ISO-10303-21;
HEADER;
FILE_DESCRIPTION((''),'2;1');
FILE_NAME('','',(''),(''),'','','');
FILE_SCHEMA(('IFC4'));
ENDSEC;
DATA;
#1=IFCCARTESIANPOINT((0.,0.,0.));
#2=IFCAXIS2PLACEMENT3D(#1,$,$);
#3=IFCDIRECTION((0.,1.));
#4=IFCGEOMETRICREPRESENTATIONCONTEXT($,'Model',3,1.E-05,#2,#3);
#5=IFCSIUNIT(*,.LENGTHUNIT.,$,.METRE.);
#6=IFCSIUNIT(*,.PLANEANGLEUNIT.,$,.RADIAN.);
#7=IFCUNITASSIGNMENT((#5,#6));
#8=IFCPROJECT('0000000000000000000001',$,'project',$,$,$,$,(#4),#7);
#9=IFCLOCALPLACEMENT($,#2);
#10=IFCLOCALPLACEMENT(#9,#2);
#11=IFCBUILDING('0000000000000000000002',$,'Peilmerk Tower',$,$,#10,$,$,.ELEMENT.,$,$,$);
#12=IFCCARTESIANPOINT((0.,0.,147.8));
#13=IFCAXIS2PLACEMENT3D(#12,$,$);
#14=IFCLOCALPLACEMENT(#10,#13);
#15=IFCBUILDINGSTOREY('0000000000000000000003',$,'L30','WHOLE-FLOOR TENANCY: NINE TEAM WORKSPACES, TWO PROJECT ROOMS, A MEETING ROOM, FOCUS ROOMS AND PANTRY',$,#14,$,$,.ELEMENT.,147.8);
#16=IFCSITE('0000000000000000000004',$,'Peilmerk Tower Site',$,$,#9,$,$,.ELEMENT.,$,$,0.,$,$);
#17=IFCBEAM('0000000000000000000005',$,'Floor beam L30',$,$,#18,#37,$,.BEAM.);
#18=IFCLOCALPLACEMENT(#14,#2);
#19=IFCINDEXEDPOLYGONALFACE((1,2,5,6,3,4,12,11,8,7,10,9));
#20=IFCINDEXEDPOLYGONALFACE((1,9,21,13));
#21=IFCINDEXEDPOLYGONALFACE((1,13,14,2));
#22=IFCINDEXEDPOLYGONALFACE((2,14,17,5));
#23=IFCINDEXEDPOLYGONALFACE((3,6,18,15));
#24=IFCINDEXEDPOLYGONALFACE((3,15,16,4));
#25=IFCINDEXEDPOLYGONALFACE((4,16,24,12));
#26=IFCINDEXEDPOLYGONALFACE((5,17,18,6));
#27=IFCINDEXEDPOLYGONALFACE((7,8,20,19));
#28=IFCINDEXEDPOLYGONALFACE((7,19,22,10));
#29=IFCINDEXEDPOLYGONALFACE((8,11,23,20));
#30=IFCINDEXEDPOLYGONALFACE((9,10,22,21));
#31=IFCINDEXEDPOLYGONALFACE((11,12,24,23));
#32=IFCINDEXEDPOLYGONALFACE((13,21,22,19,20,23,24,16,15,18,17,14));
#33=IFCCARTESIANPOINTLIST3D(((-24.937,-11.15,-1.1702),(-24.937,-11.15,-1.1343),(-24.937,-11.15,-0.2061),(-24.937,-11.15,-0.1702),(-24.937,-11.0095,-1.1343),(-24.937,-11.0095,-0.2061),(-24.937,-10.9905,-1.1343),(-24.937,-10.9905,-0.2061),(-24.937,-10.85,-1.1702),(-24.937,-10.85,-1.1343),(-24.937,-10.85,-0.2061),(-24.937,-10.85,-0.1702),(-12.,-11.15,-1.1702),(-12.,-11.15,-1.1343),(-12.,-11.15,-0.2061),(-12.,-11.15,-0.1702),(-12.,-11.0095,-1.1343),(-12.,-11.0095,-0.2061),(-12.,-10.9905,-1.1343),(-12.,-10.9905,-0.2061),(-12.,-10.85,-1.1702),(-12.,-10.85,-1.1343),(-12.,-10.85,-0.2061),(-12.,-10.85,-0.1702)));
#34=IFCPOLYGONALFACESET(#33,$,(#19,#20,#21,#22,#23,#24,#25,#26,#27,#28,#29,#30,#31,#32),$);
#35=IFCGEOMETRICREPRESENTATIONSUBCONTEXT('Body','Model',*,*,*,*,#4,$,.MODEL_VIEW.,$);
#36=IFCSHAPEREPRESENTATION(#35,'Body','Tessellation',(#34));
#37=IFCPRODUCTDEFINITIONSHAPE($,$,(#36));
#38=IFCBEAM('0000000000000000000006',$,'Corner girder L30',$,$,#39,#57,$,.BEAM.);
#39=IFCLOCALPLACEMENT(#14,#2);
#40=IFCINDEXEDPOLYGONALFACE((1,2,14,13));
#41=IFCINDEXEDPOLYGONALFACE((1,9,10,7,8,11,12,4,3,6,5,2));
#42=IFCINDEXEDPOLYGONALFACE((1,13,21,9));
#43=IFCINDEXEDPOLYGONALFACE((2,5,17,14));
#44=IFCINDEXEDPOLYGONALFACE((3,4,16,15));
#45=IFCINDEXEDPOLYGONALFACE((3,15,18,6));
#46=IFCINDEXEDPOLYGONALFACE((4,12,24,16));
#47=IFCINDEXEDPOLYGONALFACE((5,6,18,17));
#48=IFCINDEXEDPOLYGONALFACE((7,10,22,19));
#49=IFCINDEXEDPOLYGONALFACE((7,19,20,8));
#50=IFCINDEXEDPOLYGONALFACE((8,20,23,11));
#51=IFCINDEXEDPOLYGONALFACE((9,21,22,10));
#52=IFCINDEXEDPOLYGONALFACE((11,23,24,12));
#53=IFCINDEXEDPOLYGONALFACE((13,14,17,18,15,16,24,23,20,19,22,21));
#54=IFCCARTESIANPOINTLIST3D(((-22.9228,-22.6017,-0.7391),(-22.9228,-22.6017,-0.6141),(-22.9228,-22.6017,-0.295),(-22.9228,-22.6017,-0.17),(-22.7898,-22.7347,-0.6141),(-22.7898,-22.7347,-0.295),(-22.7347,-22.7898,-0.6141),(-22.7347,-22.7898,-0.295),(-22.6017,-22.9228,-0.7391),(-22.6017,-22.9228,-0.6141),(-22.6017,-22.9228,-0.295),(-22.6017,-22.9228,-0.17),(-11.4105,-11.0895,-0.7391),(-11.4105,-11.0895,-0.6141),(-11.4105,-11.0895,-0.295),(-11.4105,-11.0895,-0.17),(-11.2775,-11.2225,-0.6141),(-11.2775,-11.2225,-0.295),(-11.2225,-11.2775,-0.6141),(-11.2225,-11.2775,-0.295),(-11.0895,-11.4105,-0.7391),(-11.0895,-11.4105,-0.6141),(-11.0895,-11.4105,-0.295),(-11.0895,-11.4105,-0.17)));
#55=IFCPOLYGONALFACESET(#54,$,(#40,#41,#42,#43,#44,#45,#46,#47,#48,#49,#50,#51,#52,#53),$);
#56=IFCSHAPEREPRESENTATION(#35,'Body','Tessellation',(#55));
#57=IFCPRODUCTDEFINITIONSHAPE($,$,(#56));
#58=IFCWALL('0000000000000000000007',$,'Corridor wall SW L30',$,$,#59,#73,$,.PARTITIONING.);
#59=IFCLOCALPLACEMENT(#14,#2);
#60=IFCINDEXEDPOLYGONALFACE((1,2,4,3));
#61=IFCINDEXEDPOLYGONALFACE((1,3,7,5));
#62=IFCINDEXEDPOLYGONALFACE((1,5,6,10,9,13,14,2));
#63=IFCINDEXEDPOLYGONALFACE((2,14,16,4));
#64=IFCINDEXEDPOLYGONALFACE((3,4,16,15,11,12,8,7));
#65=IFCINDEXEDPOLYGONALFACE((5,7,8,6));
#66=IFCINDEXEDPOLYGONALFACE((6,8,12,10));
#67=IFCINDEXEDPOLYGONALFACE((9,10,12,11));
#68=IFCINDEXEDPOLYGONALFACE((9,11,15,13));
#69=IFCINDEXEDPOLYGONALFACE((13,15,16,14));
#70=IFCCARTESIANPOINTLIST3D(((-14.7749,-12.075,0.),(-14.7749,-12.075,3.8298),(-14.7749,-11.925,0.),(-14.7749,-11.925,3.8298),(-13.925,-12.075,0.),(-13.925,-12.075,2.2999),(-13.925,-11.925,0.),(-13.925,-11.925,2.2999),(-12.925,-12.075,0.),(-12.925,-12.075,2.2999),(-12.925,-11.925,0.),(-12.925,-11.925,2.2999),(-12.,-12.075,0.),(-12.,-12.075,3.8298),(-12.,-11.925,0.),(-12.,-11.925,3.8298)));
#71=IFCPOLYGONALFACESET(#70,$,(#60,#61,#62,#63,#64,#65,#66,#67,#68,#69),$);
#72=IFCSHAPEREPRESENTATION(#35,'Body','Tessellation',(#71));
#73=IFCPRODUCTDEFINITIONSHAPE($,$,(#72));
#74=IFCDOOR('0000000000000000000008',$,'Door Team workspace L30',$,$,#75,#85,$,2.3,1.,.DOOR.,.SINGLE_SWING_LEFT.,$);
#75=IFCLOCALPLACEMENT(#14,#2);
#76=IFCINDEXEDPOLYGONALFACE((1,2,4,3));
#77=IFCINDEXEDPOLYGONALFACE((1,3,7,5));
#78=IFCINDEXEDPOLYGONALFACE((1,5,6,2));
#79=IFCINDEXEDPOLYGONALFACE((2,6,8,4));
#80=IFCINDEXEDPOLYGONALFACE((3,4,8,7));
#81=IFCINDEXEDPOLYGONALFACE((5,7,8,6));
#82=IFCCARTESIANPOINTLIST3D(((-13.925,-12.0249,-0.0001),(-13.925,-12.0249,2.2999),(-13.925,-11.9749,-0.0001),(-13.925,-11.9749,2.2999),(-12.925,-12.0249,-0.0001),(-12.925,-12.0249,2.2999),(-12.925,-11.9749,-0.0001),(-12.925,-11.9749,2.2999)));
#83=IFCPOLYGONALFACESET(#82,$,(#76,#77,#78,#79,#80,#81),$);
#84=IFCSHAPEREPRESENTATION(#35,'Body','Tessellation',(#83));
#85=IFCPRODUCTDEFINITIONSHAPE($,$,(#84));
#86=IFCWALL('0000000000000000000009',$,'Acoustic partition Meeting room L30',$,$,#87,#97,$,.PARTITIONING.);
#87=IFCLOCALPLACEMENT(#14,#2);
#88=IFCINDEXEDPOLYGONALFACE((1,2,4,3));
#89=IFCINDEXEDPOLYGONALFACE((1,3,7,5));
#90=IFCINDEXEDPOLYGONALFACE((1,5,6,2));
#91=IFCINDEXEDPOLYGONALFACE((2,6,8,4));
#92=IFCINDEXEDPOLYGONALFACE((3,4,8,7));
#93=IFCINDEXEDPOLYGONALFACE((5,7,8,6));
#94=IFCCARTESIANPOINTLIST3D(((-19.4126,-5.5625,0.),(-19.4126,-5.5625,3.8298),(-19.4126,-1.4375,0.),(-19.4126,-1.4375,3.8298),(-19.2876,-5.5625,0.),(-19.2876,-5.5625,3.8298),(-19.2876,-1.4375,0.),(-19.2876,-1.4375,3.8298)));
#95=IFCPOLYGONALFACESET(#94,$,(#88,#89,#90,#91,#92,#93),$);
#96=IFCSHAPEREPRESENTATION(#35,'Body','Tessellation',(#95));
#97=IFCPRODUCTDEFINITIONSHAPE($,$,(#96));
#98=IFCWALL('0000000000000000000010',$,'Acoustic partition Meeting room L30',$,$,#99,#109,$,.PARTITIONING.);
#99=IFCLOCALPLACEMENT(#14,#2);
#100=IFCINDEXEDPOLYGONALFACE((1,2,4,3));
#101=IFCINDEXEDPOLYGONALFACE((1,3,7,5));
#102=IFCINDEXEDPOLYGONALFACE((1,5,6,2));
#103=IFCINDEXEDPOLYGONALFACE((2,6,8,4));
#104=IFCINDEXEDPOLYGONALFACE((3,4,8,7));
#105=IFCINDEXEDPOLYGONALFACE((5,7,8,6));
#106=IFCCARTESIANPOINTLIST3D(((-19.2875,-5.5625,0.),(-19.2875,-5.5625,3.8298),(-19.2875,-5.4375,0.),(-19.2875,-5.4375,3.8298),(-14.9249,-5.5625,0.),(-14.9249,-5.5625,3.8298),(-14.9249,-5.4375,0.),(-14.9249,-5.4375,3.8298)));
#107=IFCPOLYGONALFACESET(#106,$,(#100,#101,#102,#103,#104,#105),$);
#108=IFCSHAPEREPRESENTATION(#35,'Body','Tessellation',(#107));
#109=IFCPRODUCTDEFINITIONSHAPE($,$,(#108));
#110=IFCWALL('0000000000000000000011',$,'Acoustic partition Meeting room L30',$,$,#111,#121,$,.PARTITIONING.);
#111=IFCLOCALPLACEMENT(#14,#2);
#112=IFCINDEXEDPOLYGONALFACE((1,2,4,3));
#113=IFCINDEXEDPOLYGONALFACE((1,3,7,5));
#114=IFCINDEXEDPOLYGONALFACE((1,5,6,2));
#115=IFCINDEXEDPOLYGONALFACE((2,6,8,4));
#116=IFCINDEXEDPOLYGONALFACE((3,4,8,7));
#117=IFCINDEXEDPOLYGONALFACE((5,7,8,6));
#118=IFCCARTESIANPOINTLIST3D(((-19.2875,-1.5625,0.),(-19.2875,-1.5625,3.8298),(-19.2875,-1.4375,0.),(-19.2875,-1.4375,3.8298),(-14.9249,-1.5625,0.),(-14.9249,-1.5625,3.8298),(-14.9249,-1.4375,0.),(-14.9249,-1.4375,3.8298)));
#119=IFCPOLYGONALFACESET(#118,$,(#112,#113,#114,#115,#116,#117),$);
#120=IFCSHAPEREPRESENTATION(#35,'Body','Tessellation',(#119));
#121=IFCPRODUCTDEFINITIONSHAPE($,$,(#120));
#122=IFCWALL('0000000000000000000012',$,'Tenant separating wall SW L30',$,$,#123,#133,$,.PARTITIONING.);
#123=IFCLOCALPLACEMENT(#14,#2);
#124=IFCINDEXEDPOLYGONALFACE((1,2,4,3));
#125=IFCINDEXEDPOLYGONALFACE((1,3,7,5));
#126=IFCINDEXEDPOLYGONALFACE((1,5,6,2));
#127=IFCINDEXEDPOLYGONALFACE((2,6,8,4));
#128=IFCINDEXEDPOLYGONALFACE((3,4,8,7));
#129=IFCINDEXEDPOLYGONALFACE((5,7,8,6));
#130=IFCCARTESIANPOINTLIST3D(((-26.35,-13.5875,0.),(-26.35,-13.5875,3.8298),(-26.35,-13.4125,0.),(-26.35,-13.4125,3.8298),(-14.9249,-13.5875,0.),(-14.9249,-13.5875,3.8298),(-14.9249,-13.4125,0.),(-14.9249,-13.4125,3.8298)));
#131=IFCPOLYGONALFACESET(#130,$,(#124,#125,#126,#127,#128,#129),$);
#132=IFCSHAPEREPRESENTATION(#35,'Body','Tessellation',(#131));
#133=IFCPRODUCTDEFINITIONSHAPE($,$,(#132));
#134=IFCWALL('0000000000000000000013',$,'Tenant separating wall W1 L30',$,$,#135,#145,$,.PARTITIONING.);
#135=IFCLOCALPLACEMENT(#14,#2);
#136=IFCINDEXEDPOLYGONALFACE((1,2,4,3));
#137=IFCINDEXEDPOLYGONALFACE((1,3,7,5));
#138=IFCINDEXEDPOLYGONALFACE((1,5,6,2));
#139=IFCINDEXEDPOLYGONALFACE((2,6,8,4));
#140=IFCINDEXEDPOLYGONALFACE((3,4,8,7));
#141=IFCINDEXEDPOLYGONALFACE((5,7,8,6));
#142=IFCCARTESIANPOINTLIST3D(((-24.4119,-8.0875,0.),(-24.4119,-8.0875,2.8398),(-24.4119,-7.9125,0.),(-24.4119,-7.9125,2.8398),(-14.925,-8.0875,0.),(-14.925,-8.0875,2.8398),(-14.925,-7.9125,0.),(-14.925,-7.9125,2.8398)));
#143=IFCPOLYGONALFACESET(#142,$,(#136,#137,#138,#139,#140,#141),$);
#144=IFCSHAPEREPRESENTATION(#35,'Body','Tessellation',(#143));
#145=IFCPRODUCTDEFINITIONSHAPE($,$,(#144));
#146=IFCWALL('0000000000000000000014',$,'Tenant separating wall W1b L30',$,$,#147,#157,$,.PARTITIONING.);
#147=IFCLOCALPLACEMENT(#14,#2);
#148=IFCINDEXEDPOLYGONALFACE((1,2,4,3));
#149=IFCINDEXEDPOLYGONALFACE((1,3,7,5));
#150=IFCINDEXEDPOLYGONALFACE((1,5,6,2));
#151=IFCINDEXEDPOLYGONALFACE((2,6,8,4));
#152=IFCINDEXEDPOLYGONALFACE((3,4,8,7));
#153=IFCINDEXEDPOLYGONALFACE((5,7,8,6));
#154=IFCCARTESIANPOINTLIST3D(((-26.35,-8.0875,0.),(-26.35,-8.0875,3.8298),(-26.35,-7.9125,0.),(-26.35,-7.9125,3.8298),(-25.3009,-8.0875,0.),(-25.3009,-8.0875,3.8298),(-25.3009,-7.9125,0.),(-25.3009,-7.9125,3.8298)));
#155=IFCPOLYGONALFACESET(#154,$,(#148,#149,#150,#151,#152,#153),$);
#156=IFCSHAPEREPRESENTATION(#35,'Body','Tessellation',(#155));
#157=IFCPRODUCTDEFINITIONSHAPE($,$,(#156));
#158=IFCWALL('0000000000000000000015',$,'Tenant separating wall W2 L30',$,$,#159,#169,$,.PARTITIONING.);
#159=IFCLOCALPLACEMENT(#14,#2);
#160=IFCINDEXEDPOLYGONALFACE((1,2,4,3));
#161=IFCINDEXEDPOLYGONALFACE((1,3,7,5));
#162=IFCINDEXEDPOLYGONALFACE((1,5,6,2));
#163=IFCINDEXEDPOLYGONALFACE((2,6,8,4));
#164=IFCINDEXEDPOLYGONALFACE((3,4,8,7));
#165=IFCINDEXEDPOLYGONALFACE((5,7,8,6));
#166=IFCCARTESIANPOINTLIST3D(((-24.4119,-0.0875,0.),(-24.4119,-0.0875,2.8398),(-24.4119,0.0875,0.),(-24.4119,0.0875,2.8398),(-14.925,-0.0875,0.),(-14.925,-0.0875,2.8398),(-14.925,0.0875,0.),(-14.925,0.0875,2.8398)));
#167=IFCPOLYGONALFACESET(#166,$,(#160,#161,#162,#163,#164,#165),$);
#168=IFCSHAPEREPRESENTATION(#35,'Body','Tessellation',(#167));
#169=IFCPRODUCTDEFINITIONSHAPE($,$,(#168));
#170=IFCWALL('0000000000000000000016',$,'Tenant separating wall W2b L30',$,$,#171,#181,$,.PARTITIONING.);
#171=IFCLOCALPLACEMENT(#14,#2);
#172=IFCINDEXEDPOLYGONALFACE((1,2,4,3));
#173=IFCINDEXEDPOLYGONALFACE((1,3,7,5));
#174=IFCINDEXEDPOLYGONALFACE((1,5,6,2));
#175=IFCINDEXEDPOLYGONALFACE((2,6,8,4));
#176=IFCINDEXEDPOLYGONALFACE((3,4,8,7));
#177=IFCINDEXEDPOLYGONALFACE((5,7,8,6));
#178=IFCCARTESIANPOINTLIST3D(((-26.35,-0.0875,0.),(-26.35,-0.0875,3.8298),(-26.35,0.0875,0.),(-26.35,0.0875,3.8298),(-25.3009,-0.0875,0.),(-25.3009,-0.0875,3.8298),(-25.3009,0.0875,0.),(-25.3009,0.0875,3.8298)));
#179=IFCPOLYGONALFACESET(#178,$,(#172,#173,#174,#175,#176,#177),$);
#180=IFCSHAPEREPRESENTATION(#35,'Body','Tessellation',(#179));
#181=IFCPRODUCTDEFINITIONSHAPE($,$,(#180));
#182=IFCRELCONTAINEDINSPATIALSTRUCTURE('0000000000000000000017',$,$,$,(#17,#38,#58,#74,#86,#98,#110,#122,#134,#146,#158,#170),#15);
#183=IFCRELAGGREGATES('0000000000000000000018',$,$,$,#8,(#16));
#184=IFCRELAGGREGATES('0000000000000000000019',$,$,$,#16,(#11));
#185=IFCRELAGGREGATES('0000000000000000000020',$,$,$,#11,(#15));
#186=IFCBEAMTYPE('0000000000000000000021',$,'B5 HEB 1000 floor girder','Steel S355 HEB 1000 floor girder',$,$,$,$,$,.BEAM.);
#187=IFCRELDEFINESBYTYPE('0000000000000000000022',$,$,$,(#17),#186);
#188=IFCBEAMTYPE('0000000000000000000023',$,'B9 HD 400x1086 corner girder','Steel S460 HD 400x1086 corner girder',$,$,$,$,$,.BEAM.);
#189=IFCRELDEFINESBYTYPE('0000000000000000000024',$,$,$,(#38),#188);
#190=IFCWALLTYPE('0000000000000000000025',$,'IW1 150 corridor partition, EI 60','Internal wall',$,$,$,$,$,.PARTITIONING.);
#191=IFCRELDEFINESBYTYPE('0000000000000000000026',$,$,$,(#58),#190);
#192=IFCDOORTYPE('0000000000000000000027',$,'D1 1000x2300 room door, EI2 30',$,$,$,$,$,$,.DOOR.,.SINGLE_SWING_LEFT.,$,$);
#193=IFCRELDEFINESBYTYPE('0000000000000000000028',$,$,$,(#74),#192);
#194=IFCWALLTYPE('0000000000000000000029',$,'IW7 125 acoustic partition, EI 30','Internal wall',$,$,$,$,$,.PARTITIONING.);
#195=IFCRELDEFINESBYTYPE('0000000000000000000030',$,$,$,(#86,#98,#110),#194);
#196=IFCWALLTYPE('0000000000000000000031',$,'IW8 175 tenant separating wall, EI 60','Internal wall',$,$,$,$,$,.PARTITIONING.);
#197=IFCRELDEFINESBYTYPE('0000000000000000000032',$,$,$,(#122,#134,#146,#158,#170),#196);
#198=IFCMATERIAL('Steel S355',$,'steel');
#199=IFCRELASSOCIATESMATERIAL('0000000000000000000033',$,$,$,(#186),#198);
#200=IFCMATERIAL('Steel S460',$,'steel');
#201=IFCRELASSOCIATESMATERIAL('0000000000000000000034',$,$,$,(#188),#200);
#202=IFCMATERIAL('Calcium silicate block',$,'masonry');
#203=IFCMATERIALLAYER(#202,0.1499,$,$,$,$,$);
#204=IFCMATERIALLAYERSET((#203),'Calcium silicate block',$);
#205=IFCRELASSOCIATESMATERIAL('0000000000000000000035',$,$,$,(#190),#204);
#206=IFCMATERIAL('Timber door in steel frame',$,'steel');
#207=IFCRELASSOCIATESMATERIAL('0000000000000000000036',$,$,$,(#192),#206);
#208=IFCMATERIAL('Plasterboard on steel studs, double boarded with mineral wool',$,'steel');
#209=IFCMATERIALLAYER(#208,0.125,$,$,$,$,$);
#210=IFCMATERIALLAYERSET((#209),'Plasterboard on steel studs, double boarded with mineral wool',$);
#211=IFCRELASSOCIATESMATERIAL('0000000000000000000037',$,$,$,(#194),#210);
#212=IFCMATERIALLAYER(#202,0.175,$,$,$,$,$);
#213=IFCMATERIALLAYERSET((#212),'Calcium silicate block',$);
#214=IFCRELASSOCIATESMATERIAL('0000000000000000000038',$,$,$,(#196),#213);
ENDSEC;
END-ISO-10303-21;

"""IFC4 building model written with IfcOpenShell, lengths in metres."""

from ifc_helpers import new_model, si_unit, direction, frame, frame_2d, origin, origin_2d, place, context, subcontext, project, spatial, rectangle, i_section, extrude, material, layer, layer_set, material_profile, profile_set, type_object, element, fill, save


model = new_model("IFC4")

# Units and contexts
model_context = context("Model", 3, precision=1e-05, world=origin(), true_north=direction((0.0, 1.0)))
body_context = subcontext(model_context, "Body", "Model", "MODEL_VIEW")
ifc_project = project(units=[si_unit("LENGTHUNIT", "METRE"), si_unit("PLANEANGLEUNIT", "RADIAN")], contexts=[model_context])

# Site, building, storey
site_placement = place(None, origin())
site = spatial("IfcSite", under=ifc_project, at=site_placement, Name="Peilmerk Tower Site", CompositionType="ELEMENT", RefElevation=0.0)
building_placement = place(site_placement, origin())
building = spatial("IfcBuilding", under=site, at=building_placement, Name="Peilmerk Tower", CompositionType="ELEMENT")
storey_placement = place(building_placement, frame((0.0, 0.0, 147.8)))
storey = spatial("IfcBuildingStorey", under=building, at=storey_placement, Name="L30", Description="WHOLE-FLOOR TENANCY: NINE TEAM WORKSPACES, TWO PROJECT ROOMS, A MEETING ROOM, FOCUS ROOMS AND PANTRY", CompositionType="ELEMENT", Elevation=147.8)

# Shared definitions
ifc_material_1 = material(Name="Steel S460", Category="steel")

# Beams
ifc_material_2 = material(Name="Steel S355", Category="steel")
ifc_material_profile_1 = material_profile(ifc_material_2, i_section(OverallWidth=0.3, OverallDepth=1.0, WebThickness=0.019, FlangeThickness=0.0359, at=origin_2d()), Name="HEB 1000")
ifc_profile_set_1 = profile_set([ifc_material_profile_1], Name="Steel S355")
beam_type_1 = type_object("IfcBeamType", Name="B5 HEB 1000 floor girder", Description="Steel S355 HEB 1000 floor girder", PredefinedType="BEAM", material=ifc_profile_set_1)
for number, where, z_axis, x_axis, name in (
    (1, (-12.0, -11.0, -0.6702), (-1.0, 0.0, 0.0), (0.0, -1.0, 0.0), "Floor beam L30"),
):
    element("IfcBeam", number, at=place(storey_placement, frame(where, z_axis=z_axis, x_axis=x_axis)), inside=storey, type_object=beam_type_1, Name=name, PredefinedType="BEAM", context=body_context, shape_type="SweptSolid", body=[
        extrude(i_section(OverallWidth=0.3, OverallDepth=1.0, WebThickness=0.019, FlangeThickness=0.0359, at=origin_2d()), origin(), (0.0, 0.0, 1.0), 12.937),
    ])
ifc_material_profile_2 = material_profile(ifc_material_1, i_section(OverallWidth=0.4541, OverallDepth=0.5691, WebThickness=0.0779, FlangeThickness=0.125, at=origin_2d()), Name="HD 400x1086")
ifc_profile_set_2 = profile_set([ifc_material_profile_2], Name="Steel S460")
beam_type_2 = type_object("IfcBeamType", Name="B9 HD 400x1086 corner girder", Description="Steel S460 HD 400x1086 corner girder", PredefinedType="BEAM", material=ifc_profile_set_2)
beam_1_placement = place(storey_placement, frame((-11.25, -11.25, -0.4546), z_axis=(-0.707107, -0.707107, 0.0), x_axis=(0.707107, -0.707107, 0.0)))
element("IfcBeam", 2, at=beam_1_placement, inside=storey, type_object=beam_type_2, Name="Corner girder L30", PredefinedType="BEAM", context=body_context, shape_type="SweptSolid", body=[
    extrude(i_section(OverallWidth=0.4541, OverallDepth=0.5691, WebThickness=0.0779, FlangeThickness=0.125, at=origin_2d()), origin(), (0.0, 0.0, 1.0), 16.2808),
])

# Wall, opening, door
ifc_material_3 = material(Name="Calcium silicate block", Category="masonry")
ifc_layer_1 = layer(ifc_material_3, 0.1499)
ifc_layer_set_1 = layer_set([ifc_layer_1], Name="Calcium silicate block")
wall_type_1 = type_object("IfcWallType", Name="IW1 150 corridor partition, EI 60", Description="Internal wall", PredefinedType="PARTITIONING", material=ifc_layer_set_1)
wall_1_placement = place(storey_placement, frame((-12.0, -12.0, 0.0), z_axis=(0.0, 0.0, 1.0), x_axis=(-1.0, 0.0, 0.0)))
wall_1 = element("IfcWall", 3, at=wall_1_placement, inside=storey, type_object=wall_type_1, Name="Corridor wall SW L30", PredefinedType="PARTITIONING", context=body_context, shape_type="SweptSolid", body=[
    extrude(rectangle(XDim=2.7749, YDim=0.1499, at=frame_2d((1.3875, 0.0))), origin(), (0.0, 0.0, 1.0), 3.8298),
])
opening_1_placement = place(wall_1_placement, frame((0.925, 0.0, 0.0)))
opening_1 = element("IfcOpeningElement", 4, at=opening_1_placement, cuts=wall_1, PredefinedType="OPENING", context=body_context, shape_type="SweptSolid", body=[
    extrude(rectangle(XDim=1.0, YDim=2.3, at=frame_2d((0.5, 1.1499))), frame((0.0, 0.085, 0.0), z_axis=(0.0, -1.0, 0.0), x_axis=(1.0, 0.0, 0.0)), (0.0, 0.0, 1.0), 0.1699),
])
ifc_material_4 = material(Name="Timber door in steel frame", Category="steel")
door_type_1 = type_object("IfcDoorType", Name="D1 1000x2300 room door, EI2 30", OperationType="SINGLE_SWING_LEFT", PredefinedType="DOOR", material=ifc_material_4)
door_1_placement = place(opening_1_placement, origin())
door_1 = element("IfcDoor", 5, at=door_1_placement, inside=storey, type_object=door_type_1, Name="Door Team workspace L30", OperationType="SINGLE_SWING_LEFT", OverallHeight=2.3, OverallWidth=1.0, PredefinedType="DOOR", context=body_context, shape_type="SweptSolid", body=[
    extrude(rectangle(XDim=1.0, YDim=2.3, at=frame_2d((0.5, 1.1499))), frame((0.0, 0.0249, 0.0), z_axis=(0.0, -1.0, 0.0), x_axis=(1.0, 0.0, 0.0)), (0.0, 0.0, 1.0), 0.05),
])
fill(opening_1, door_1)

# Walls
ifc_material_5 = material(Name="Plasterboard on steel studs, double boarded with mineral wool", Category="steel")
ifc_layer_2 = layer(ifc_material_5, 0.125)
ifc_layer_set_2 = layer_set([ifc_layer_2], Name="Plasterboard on steel studs, double boarded with mineral wool")
wall_type_2 = type_object("IfcWallType", Name="IW7 125 acoustic partition, EI 30", Description="Internal wall", PredefinedType="PARTITIONING", material=ifc_layer_set_2)
wall_2_placement = place(storey_placement, frame((-19.3501, -5.5625, 0.0), z_axis=(0.0, 0.0, 1.0), x_axis=(0.0, 1.0, 0.0)))
element("IfcWall", 6, at=wall_2_placement, inside=storey, type_object=wall_type_2, Name="Acoustic partition Meeting room L30", PredefinedType="PARTITIONING", context=body_context, shape_type="SweptSolid", body=[
    extrude(rectangle(XDim=4.125, YDim=0.125, at=frame_2d((2.0625, 0.0))), origin(), (0.0, 0.0, 1.0), 3.8298),
])
for number, where, z_axis, x_axis, name in (
    (7, (-14.925, -5.5, 0.0), (0.0, 0.0, 1.0), (-1.0, 0.0, 0.0), "Acoustic partition Meeting room L30"),
    (8, (-14.925, -1.5, 0.0), (0.0, 0.0, 1.0), (-1.0, 0.0, 0.0), "Acoustic partition Meeting room L30"),
):
    element("IfcWall", number, at=place(storey_placement, frame(where, z_axis=z_axis, x_axis=x_axis)), inside=storey, type_object=wall_type_2, Name=name, PredefinedType="PARTITIONING", context=body_context, shape_type="SweptSolid", body=[
        extrude(rectangle(XDim=4.3625, YDim=0.125, at=frame_2d((2.1812, 0.0))), origin(), (0.0, 0.0, 1.0), 3.8298),
    ])
ifc_layer_3 = layer(ifc_material_3, 0.175)
ifc_layer_set_3 = layer_set([ifc_layer_3], Name="Calcium silicate block")
wall_type_3 = type_object("IfcWallType", Name="IW8 175 tenant separating wall, EI 60", Description="Internal wall", PredefinedType="PARTITIONING", material=ifc_layer_set_3)
wall_3_placement = place(storey_placement, frame((-14.925, -13.5, 0.0), z_axis=(0.0, 0.0, 1.0), x_axis=(-1.0, 0.0, 0.0)))
element("IfcWall", 9, at=wall_3_placement, inside=storey, type_object=wall_type_3, Name="Tenant separating wall SW L30", PredefinedType="PARTITIONING", context=body_context, shape_type="SweptSolid", body=[
    extrude(rectangle(XDim=11.425, YDim=0.175, at=frame_2d((5.7124, 0.0))), origin(), (0.0, 0.0, 1.0), 3.8298),
])
wall_4_placement = place(storey_placement, frame((-14.925, -8.0, 0.0), z_axis=(0.0, 0.0, 1.0), x_axis=(-1.0, 0.0, 0.0)))
element("IfcWall", 10, at=wall_4_placement, inside=storey, type_object=wall_type_3, Name="Tenant separating wall W1 L30", PredefinedType="PARTITIONING", context=body_context, shape_type="SweptSolid", body=[
    extrude(rectangle(XDim=9.4868, YDim=0.175, at=frame_2d((4.7434, 0.0))), origin(), (0.0, 0.0, 1.0), 2.8398),
])
wall_5_placement = place(storey_placement, frame((-25.301, -8.0, 0.0), z_axis=(0.0, 0.0, 1.0), x_axis=(-1.0, 0.0, 0.0)))
element("IfcWall", 11, at=wall_5_placement, inside=storey, type_object=wall_type_3, Name="Tenant separating wall W1b L30", PredefinedType="PARTITIONING", context=body_context, shape_type="SweptSolid", body=[
    extrude(rectangle(XDim=1.0491, YDim=0.175, at=frame_2d((0.5244, 0.0))), origin(), (0.0, 0.0, 1.0), 3.8298),
])
wall_6_placement = place(storey_placement, frame((-14.925, 0.0, 0.0), z_axis=(0.0, 0.0, 1.0), x_axis=(-1.0, 0.0, 0.0)))
element("IfcWall", 12, at=wall_6_placement, inside=storey, type_object=wall_type_3, Name="Tenant separating wall W2 L30", PredefinedType="PARTITIONING", context=body_context, shape_type="SweptSolid", body=[
    extrude(rectangle(XDim=9.4868, YDim=0.175, at=frame_2d((4.7434, 0.0))), origin(), (0.0, 0.0, 1.0), 2.8398),
])
wall_7_placement = place(storey_placement, frame((-25.301, 0.0, 0.0), z_axis=(0.0, 0.0, 1.0), x_axis=(-1.0, 0.0, 0.0)))
element("IfcWall", 13, at=wall_7_placement, inside=storey, type_object=wall_type_3, Name="Tenant separating wall W2b L30", PredefinedType="PARTITIONING", context=body_context, shape_type="SweptSolid", body=[
    extrude(rectangle(XDim=1.0491, YDim=0.175, at=frame_2d((0.5244, 0.0))), origin(), (0.0, 0.0, 1.0), 3.8298),
])

save(model, "model.ifc")
